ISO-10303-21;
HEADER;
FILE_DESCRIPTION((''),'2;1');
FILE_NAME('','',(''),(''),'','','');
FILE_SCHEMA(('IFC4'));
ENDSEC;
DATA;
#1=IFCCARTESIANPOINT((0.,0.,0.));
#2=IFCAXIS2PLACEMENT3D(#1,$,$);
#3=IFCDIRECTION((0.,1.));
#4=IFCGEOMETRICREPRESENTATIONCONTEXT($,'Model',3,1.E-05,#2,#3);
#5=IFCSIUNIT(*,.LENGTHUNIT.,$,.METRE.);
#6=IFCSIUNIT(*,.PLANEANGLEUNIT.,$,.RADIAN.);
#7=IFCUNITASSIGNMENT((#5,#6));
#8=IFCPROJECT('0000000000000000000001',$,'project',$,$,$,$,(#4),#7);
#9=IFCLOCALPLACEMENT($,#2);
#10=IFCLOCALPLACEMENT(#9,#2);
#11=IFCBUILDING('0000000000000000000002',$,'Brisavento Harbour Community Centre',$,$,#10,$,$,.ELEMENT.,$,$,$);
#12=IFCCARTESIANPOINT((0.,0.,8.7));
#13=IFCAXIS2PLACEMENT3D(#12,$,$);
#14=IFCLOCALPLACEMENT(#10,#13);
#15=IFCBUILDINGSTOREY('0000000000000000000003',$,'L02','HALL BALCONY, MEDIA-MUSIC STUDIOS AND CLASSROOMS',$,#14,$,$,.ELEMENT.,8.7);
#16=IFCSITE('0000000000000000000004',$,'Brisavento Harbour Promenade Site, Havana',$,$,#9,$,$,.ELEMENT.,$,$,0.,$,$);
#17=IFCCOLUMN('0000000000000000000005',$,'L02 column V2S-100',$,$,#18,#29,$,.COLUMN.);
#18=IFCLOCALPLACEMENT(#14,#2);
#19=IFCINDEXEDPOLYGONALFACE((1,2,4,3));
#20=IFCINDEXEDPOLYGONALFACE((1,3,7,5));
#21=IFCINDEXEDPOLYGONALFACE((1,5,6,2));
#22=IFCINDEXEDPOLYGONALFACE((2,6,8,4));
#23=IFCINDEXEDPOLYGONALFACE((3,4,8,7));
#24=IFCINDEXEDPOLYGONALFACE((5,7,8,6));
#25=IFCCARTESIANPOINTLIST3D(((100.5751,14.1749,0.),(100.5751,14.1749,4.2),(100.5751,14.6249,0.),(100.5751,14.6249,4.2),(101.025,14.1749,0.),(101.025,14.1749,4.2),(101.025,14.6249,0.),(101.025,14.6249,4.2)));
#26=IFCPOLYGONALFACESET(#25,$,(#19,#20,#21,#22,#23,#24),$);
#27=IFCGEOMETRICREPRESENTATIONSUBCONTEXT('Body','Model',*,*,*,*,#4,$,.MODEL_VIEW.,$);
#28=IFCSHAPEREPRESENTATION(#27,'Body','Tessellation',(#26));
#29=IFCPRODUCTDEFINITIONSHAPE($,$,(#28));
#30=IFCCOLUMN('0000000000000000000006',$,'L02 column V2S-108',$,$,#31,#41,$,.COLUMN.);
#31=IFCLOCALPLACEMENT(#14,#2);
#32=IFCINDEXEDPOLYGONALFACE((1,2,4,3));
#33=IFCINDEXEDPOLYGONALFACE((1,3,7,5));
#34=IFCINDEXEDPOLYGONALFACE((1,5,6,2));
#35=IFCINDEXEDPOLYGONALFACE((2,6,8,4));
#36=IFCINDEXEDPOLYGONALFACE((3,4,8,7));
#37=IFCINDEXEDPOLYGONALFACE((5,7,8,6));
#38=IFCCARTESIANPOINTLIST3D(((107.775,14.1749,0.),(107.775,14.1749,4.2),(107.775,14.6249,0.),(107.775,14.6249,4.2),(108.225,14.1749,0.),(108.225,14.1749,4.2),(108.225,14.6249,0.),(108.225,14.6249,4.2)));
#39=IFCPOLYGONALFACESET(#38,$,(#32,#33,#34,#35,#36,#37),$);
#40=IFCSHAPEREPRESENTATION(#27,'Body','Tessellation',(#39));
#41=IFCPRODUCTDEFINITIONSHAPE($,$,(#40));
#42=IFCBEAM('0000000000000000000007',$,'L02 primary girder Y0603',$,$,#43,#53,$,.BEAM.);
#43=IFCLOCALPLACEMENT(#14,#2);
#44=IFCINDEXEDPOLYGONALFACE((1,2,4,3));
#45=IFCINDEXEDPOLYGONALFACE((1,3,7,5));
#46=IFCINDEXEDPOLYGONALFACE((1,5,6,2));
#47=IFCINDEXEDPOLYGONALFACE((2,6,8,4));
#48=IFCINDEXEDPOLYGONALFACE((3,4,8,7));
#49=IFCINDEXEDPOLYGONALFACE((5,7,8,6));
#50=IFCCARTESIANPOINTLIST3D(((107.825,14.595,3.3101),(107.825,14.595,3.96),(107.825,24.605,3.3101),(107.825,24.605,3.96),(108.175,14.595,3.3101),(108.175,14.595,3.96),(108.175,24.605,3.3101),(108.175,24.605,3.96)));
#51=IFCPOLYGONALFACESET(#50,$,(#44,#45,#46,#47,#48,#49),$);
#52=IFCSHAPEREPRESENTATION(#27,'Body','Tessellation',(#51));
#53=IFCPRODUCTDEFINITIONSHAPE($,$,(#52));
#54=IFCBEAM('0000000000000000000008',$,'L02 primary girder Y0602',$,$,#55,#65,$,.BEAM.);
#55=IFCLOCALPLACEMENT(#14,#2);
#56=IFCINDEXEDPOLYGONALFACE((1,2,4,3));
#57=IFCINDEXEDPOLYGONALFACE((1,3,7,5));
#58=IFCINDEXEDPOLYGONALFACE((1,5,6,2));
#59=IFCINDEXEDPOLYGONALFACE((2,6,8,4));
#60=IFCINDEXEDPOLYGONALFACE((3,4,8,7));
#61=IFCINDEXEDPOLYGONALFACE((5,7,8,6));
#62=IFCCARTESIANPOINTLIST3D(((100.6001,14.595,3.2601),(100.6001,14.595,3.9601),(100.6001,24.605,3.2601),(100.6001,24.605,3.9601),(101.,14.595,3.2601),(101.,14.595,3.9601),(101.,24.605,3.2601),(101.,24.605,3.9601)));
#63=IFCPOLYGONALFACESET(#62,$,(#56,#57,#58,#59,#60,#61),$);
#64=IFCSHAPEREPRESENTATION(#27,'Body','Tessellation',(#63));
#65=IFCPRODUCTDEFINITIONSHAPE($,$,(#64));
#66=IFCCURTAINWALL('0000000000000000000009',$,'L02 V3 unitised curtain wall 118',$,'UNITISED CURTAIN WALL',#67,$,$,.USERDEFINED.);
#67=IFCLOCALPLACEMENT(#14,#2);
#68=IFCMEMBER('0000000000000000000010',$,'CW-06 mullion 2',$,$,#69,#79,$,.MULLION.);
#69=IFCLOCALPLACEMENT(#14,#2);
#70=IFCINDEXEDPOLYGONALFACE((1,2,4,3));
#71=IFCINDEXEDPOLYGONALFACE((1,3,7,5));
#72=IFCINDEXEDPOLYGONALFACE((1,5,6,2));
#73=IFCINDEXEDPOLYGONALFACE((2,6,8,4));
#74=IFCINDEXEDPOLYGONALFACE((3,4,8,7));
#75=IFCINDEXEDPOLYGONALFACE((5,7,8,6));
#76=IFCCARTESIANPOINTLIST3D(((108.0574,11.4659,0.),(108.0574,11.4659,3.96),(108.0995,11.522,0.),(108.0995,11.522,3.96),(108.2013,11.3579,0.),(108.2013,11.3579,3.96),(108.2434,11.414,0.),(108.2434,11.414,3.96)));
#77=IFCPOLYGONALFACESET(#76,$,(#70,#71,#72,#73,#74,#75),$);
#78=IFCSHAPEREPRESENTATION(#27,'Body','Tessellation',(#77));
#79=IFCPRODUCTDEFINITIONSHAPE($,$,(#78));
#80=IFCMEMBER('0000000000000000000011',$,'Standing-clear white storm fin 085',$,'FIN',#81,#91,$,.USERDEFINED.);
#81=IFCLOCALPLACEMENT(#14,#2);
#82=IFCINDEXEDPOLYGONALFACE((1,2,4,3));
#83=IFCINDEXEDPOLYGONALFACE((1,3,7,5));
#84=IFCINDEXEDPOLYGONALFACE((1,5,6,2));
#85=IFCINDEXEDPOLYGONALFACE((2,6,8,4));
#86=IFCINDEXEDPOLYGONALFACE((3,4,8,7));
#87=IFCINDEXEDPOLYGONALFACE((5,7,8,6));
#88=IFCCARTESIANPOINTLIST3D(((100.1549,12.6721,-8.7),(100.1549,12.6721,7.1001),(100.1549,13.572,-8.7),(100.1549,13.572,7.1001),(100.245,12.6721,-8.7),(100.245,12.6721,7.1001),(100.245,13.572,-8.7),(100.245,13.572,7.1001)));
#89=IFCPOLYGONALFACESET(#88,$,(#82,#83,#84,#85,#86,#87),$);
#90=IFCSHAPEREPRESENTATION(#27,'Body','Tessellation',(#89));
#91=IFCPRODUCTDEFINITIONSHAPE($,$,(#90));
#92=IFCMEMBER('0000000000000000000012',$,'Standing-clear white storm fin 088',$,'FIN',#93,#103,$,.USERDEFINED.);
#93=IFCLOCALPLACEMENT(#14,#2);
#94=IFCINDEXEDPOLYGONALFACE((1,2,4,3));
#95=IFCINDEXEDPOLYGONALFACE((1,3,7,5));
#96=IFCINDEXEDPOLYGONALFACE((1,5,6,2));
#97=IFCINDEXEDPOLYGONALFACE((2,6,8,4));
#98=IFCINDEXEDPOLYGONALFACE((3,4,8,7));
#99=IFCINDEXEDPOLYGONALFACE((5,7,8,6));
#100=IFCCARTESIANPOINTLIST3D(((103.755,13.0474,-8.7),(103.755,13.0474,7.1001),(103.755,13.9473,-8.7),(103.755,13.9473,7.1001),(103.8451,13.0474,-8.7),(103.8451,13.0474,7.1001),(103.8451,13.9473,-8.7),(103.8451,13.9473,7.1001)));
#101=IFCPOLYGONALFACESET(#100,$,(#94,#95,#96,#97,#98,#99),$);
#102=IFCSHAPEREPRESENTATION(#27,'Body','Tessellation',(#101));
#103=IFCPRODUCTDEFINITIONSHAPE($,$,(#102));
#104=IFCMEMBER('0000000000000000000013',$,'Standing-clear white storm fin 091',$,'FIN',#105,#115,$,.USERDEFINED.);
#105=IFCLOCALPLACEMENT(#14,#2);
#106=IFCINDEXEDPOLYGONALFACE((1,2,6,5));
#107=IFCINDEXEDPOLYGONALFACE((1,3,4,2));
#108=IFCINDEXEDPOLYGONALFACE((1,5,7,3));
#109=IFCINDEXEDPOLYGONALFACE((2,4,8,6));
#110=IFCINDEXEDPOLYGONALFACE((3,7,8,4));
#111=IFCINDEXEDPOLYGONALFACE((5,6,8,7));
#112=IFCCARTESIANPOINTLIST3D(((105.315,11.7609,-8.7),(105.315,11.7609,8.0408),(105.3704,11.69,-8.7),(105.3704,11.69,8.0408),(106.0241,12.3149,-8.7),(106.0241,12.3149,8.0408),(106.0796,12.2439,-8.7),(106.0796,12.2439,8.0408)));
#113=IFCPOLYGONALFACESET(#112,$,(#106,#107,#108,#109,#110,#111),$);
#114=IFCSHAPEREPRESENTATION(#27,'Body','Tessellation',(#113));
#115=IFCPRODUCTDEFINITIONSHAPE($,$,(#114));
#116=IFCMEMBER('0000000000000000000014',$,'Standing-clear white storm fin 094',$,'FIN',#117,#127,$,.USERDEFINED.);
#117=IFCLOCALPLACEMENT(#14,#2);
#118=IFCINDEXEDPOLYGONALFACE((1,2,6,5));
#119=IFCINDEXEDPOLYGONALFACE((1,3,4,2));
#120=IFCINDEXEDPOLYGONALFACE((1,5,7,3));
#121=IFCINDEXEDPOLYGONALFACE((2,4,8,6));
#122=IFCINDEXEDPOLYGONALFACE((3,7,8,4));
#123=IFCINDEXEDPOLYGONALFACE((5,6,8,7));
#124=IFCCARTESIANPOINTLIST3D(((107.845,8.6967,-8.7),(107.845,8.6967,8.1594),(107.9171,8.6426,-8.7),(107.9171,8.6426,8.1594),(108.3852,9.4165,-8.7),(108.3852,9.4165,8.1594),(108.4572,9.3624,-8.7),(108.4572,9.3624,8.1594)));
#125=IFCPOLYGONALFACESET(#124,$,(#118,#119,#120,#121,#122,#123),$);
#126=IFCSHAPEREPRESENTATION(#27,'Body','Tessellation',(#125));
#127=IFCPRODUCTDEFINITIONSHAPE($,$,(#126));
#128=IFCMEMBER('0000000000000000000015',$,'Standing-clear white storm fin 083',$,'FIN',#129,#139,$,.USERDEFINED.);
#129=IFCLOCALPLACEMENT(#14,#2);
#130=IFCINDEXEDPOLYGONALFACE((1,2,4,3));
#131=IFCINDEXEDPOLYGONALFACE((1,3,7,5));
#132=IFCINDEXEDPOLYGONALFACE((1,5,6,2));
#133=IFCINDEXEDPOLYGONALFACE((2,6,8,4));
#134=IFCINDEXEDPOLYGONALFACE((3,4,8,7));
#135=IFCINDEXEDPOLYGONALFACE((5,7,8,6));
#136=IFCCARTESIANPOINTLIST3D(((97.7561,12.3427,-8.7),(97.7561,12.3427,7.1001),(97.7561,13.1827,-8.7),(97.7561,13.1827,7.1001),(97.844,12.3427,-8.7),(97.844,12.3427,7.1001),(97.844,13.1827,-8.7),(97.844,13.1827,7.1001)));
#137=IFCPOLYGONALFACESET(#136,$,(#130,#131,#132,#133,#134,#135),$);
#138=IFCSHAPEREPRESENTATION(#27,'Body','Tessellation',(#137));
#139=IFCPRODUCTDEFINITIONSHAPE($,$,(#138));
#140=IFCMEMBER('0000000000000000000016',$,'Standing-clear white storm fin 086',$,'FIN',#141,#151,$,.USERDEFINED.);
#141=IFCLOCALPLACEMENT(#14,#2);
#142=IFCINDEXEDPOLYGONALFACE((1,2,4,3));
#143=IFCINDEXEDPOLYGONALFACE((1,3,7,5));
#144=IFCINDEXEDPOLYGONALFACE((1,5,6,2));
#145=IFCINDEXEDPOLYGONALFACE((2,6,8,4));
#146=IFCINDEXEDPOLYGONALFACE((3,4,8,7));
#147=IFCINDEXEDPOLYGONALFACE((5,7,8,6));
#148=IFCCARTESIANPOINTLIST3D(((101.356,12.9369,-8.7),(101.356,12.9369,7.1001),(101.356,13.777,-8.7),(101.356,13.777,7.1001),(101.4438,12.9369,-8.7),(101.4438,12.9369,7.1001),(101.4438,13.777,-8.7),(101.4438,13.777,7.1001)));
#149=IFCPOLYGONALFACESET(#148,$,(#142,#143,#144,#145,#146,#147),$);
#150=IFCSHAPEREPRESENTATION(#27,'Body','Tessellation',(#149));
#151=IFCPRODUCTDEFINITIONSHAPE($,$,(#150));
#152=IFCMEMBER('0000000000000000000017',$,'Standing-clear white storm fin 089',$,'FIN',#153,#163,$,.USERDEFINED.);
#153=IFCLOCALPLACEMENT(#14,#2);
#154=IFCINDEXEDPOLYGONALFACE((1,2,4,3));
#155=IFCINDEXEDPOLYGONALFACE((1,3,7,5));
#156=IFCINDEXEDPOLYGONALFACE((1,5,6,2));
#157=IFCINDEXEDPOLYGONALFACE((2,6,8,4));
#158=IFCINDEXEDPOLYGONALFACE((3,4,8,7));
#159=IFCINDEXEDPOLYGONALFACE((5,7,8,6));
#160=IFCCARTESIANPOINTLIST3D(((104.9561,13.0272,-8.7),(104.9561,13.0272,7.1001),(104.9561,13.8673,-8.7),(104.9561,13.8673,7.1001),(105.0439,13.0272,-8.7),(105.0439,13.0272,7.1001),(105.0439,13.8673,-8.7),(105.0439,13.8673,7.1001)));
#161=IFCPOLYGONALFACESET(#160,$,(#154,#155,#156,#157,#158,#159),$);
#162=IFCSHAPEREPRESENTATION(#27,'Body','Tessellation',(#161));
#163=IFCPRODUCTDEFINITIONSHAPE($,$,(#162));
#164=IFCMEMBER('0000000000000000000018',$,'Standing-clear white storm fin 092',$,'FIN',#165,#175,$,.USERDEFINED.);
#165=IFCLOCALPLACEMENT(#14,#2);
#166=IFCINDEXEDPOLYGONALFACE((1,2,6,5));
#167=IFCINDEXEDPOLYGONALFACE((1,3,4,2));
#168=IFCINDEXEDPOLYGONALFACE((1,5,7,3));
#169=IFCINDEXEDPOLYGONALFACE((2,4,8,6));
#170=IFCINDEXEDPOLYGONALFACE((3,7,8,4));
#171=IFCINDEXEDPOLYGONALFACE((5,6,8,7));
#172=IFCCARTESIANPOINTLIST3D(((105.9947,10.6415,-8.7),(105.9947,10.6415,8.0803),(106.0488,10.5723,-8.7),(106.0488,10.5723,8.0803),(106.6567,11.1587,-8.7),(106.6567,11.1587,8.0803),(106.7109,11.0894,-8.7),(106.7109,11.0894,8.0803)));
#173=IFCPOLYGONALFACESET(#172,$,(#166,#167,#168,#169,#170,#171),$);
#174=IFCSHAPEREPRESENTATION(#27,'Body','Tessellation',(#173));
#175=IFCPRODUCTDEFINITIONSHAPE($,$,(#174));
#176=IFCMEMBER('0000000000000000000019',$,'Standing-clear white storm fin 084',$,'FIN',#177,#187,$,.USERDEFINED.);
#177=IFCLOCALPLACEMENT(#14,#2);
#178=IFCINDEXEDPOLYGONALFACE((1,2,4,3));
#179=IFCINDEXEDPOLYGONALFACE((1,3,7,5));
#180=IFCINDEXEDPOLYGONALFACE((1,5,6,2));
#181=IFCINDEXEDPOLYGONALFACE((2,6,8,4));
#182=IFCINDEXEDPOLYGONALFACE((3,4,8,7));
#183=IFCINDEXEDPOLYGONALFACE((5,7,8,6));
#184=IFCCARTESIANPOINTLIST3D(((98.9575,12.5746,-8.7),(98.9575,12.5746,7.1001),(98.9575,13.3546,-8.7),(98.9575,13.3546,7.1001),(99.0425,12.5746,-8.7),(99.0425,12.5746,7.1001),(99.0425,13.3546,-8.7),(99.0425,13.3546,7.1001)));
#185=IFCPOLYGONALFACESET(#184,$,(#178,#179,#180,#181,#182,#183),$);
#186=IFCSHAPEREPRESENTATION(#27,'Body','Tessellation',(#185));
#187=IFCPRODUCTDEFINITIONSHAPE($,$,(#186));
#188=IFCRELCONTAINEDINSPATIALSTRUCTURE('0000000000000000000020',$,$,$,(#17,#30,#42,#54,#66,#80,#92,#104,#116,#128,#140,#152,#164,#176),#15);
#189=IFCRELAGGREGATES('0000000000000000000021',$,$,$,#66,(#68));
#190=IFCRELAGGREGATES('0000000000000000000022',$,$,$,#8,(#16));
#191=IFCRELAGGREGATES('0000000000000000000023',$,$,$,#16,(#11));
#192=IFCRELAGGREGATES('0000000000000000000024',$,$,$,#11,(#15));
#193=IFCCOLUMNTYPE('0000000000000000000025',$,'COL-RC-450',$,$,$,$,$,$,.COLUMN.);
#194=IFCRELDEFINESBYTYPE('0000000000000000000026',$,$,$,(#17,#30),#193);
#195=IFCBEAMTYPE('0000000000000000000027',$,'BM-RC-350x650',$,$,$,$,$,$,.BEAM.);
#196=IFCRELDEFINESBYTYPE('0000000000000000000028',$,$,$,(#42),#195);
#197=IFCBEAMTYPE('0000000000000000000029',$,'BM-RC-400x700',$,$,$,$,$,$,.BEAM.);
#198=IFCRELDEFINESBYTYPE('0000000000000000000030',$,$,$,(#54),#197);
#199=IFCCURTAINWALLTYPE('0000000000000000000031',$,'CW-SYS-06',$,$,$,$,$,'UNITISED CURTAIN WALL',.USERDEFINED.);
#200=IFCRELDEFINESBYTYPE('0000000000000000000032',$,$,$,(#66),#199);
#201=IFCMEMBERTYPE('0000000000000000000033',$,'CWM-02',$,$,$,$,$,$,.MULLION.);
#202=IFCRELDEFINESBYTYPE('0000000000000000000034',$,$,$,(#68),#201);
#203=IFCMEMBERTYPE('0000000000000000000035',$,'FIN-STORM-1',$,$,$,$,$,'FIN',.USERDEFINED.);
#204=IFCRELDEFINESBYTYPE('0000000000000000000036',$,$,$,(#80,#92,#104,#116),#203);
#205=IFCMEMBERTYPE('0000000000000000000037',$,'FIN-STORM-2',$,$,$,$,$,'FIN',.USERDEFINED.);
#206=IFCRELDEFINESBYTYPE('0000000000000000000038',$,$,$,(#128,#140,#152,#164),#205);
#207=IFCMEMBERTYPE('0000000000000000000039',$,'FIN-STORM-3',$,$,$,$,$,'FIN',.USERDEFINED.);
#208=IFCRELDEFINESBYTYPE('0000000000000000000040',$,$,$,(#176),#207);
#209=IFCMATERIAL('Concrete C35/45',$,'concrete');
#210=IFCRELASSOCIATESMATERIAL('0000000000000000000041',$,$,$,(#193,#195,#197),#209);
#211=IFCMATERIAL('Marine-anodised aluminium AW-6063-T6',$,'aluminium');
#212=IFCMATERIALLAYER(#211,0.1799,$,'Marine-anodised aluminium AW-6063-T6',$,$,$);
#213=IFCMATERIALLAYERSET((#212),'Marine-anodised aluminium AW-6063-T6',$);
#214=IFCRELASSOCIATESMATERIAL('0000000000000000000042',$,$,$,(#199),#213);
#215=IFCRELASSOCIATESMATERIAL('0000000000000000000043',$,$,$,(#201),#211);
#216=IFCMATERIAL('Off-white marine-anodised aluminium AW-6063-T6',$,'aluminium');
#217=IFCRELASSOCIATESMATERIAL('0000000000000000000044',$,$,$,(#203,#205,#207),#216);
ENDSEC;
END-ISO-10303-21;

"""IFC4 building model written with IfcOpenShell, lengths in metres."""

from ifc_helpers import new_model, si_unit, direction, frame, origin, origin_2d, place, context, subcontext, project, spatial, rectangle, extrude, material, layer, layer_set, material_profile, profile_set, type_object, element, aggregate, save


model = new_model("IFC4")

# Units and contexts
model_context = context("Model", 3, precision=1e-05, world=origin(), true_north=direction((0.0, 1.0)))
body_context = subcontext(model_context, "Body", "Model", "MODEL_VIEW")
ifc_project = project(units=[si_unit("LENGTHUNIT", "METRE"), si_unit("PLANEANGLEUNIT", "RADIAN")], contexts=[model_context])

# Site, building, storey
site_placement = place(None, origin())
site = spatial("IfcSite", under=ifc_project, at=site_placement, Name="Brisavento Harbour Promenade Site, Havana", CompositionType="ELEMENT", RefElevation=0.0)
building_placement = place(site_placement, origin())
building = spatial("IfcBuilding", under=site, at=building_placement, Name="Brisavento Harbour Community Centre", CompositionType="ELEMENT")
storey_placement = place(building_placement, frame((0.0, 0.0, 8.7)))
storey = spatial("IfcBuildingStorey", under=building, at=storey_placement, Name="L02", Description="HALL BALCONY, MEDIA-MUSIC STUDIOS AND CLASSROOMS", CompositionType="ELEMENT", Elevation=8.7)

# Columns
ifc_material_1 = material(Name="Concrete C35/45", Category="concrete")
ifc_material_profile_1 = material_profile(ifc_material_1, rectangle(XDim=0.45, YDim=0.45, at=origin_2d()), Name="Concrete C35/45")
ifc_profile_set_1 = profile_set([ifc_material_profile_1], Name="Concrete C35/45")
column_type = type_object("IfcColumnType", Name="COL-RC-450", PredefinedType="COLUMN", material=ifc_profile_set_1)
for number, where, z_axis, x_axis, name in (
    (1, (100.8, 14.3999, 0.0), (0.0, 0.0, 1.0), (1.0, 0.0, 0.0), "L02 column V2S-100"),
    (2, (108.0, 14.3999, 0.0), (0.0, 0.0, 1.0), (1.0, 0.0, 0.0), "L02 column V2S-108"),
):
    element("IfcColumn", number, at=place(storey_placement, frame(where, z_axis=z_axis, x_axis=x_axis)), inside=storey, type_object=column_type, Name=name, PredefinedType="COLUMN", context=body_context, shape_type="SweptSolid", body=[
        extrude(rectangle(XDim=0.45, YDim=0.45, at=origin_2d()), origin(), (0.0, 0.0, 1.0), 4.2),
    ])

# Beams
ifc_material_profile_2 = material_profile(ifc_material_1, rectangle(XDim=0.3501, YDim=0.6499, at=origin_2d()), Name="Concrete C35/45")
ifc_profile_set_2 = profile_set([ifc_material_profile_2], Name="Concrete C35/45")
beam_type_1 = type_object("IfcBeamType", Name="BM-RC-350x650", PredefinedType="BEAM", material=ifc_profile_set_2)
beam_1_placement = place(storey_placement, frame((108.0, 14.595, 3.635), z_axis=(0.0, 1.0, 0.0), x_axis=(-1.0, 0.0, 0.0)))
element("IfcBeam", 3, at=beam_1_placement, inside=storey, type_object=beam_type_1, Name="L02 primary girder Y0603", PredefinedType="BEAM", context=body_context, shape_type="SweptSolid", body=[
    extrude(rectangle(XDim=0.3501, YDim=0.6499, at=origin_2d()), origin(), (0.0, 0.0, 1.0), 10.01),
])
ifc_material_profile_3 = material_profile(ifc_material_1, rectangle(XDim=0.3999, YDim=0.7, at=origin_2d()), Name="Concrete C35/45")
ifc_profile_set_3 = profile_set([ifc_material_profile_3], Name="Concrete C35/45")
beam_type_2 = type_object("IfcBeamType", Name="BM-RC-400x700", PredefinedType="BEAM", material=ifc_profile_set_3)
beam_2_placement = place(storey_placement, frame((100.8, 14.595, 3.6101), z_axis=(0.0, 1.0, 0.0), x_axis=(-1.0, 0.0, 0.0)))
element("IfcBeam", 4, at=beam_2_placement, inside=storey, type_object=beam_type_2, Name="L02 primary girder Y0602", PredefinedType="BEAM", context=body_context, shape_type="SweptSolid", body=[
    extrude(rectangle(XDim=0.3999, YDim=0.7, at=origin_2d()), origin(), (0.0, 0.0, 1.0), 10.01),
])

# Curtain wall, member
ifc_material_2 = material(Name="Marine-anodised aluminium AW-6063-T6", Category="aluminium")
ifc_layer = layer(ifc_material_2, 0.1799, Name="Marine-anodised aluminium AW-6063-T6")
ifc_layer_set = layer_set([ifc_layer], Name="Marine-anodised aluminium AW-6063-T6")
curtain_wall_type = type_object("IfcCurtainWallType", Name="CW-SYS-06", ElementType="UNITISED CURTAIN WALL", PredefinedType="USERDEFINED", material=ifc_layer_set)
curtain_wall_placement = place(storey_placement, origin())
curtain_wall = element("IfcCurtainWall", 5, at=curtain_wall_placement, inside=storey, type_object=curtain_wall_type, Name="L02 V3 unitised curtain wall 118", ObjectType="UNITISED CURTAIN WALL", PredefinedType="USERDEFINED")
ifc_material_profile_4 = material_profile(ifc_material_2, rectangle(XDim=0.0701, YDim=0.1799, at=origin_2d()), Name="Marine-anodised aluminium AW-6063-T6")
ifc_profile_set_4 = profile_set([ifc_material_profile_4], Name="Marine-anodised aluminium AW-6063-T6")
member_type_1 = type_object("IfcMemberType", Name="CWM-02", PredefinedType="MULLION", material=ifc_profile_set_4)
member_1_placement = place(storey_placement, frame((108.1504, 11.4399, 0.0), z_axis=(0.0, 0.0, 1.0), x_axis=(-0.600259, -0.799806, 0.0)))
member_1 = element("IfcMember", 6, at=member_1_placement, type_object=member_type_1, Name="CW-06 mullion 2", PredefinedType="MULLION", context=body_context, shape_type="SweptSolid", body=[
    extrude(rectangle(XDim=0.0701, YDim=0.1799, at=origin_2d()), origin(), (0.0, 0.0, 1.0), 3.96),
])
aggregate(curtain_wall, [member_1])

# Members
ifc_material_3 = material(Name="Off-white marine-anodised aluminium AW-6063-T6", Category="aluminium")
ifc_material_profile_5 = material_profile(ifc_material_3, rectangle(XDim=0.0901, YDim=0.8999, at=origin_2d()), Name="Off-white marine-anodised aluminium AW-6063-T6")
ifc_profile_set_5 = profile_set([ifc_material_profile_5], Name="Off-white marine-anodised aluminium AW-6063-T6")
member_type_2 = type_object("IfcMemberType", Name="FIN-STORM-1", ElementType="FIN", PredefinedType="USERDEFINED", material=ifc_profile_set_5)
for number, where, z_axis, x_axis, name in (
    (7, (100.2, 13.1221, -8.7), (0.0, 0.0, 1.0), (-1.0, 0.0, 0.0), "Standing-clear white storm fin 085"),
    (8, (103.8, 13.4973, -8.7), (0.0, 0.0, 1.0), (-1.0, 0.0, 0.0), "Standing-clear white storm fin 088"),
):
    element("IfcMember", number, at=place(storey_placement, frame(where, z_axis=z_axis, x_axis=x_axis)), inside=storey, type_object=member_type_2, Name=name, ObjectType="FIN", PredefinedType="USERDEFINED", context=body_context, shape_type="SweptSolid", body=[
        extrude(rectangle(XDim=0.0901, YDim=0.8999, at=origin_2d()), origin(), (0.0, 0.0, 1.0), 15.8),
    ])
member_2_placement = place(storey_placement, frame((105.6973, 12.0024, -8.7), z_axis=(0.0, 0.0, 1.0), x_axis=(-0.615606, 0.788054, 0.0)))
element("IfcMember", 9, at=member_2_placement, inside=storey, type_object=member_type_2, Name="Standing-clear white storm fin 091", ObjectType="FIN", PredefinedType="USERDEFINED", context=body_context, shape_type="SweptSolid", body=[
    extrude(rectangle(XDim=0.0901, YDim=0.8999, at=origin_2d()), origin(), (0.0, 0.0, 1.0), 16.7407),
])
member_3_placement = place(storey_placement, frame((108.1511, 9.0295, -8.7), z_axis=(0.0, 0.0, 1.0), x_axis=(-0.79981, 0.600253, 0.0)))
element("IfcMember", 10, at=member_3_placement, inside=storey, type_object=member_type_2, Name="Standing-clear white storm fin 094", ObjectType="FIN", PredefinedType="USERDEFINED", context=body_context, shape_type="SweptSolid", body=[
    extrude(rectangle(XDim=0.0901, YDim=0.8999, at=origin_2d()), origin(), (0.0, 0.0, 1.0), 16.8594),
])
ifc_material_profile_6 = material_profile(ifc_material_3, rectangle(XDim=0.0879, YDim=0.8401, at=origin_2d()), Name="Off-white marine-anodised aluminium AW-6063-T6")
ifc_profile_set_6 = profile_set([ifc_material_profile_6], Name="Off-white marine-anodised aluminium AW-6063-T6")
member_type_3 = type_object("IfcMemberType", Name="FIN-STORM-2", ElementType="FIN", PredefinedType="USERDEFINED", material=ifc_profile_set_6)
for number, where, z_axis, x_axis, name in (
    (11, (97.8, 12.7627, -8.7), (0.0, 0.0, 1.0), (-1.0, 0.0, 0.0), "Standing-clear white storm fin 083"),
    (12, (101.3999, 13.3569, -8.7), (0.0, 0.0, 1.0), (-1.0, 0.0, 0.0), "Standing-clear white storm fin 086"),
    (13, (105.0, 13.4473, -8.7), (0.0, 0.0, 1.0), (-1.0, 0.0, 0.0), "Standing-clear white storm fin 089"),
):
    element("IfcMember", number, at=place(storey_placement, frame(where, z_axis=z_axis, x_axis=x_axis)), inside=storey, type_object=member_type_3, Name=name, ObjectType="FIN", PredefinedType="USERDEFINED", context=body_context, shape_type="SweptSolid", body=[
        extrude(rectangle(XDim=0.0879, YDim=0.8401, at=origin_2d()), origin(), (0.0, 0.0, 1.0), 15.8),
    ])
member_4_placement = place(storey_placement, frame((106.3528, 10.8655, -8.7), z_axis=(0.0, 0.0, 1.0), x_axis=(-0.615606, 0.788054, 0.0)))
element("IfcMember", 14, at=member_4_placement, inside=storey, type_object=member_type_3, Name="Standing-clear white storm fin 092", ObjectType="FIN", PredefinedType="USERDEFINED", context=body_context, shape_type="SweptSolid", body=[
    extrude(rectangle(XDim=0.0879, YDim=0.8401, at=origin_2d()), origin(), (0.0, 0.0, 1.0), 16.7803),
])
ifc_material_profile_7 = material_profile(ifc_material_3, rectangle(XDim=0.085, YDim=0.78, at=origin_2d()), Name="Off-white marine-anodised aluminium AW-6063-T6")
ifc_profile_set_7 = profile_set([ifc_material_profile_7], Name="Off-white marine-anodised aluminium AW-6063-T6")
member_type_4 = type_object("IfcMemberType", Name="FIN-STORM-3", ElementType="FIN", PredefinedType="USERDEFINED", material=ifc_profile_set_7)
for number, where, z_axis, x_axis, name in (
    (15, (99.0, 12.9646, -8.7), (0.0, 0.0, 1.0), (-1.0, 0.0, 0.0), "Standing-clear white storm fin 084"),
):
    element("IfcMember", number, at=place(storey_placement, frame(where, z_axis=z_axis, x_axis=x_axis)), inside=storey, type_object=member_type_4, Name=name, ObjectType="FIN", PredefinedType="USERDEFINED", context=body_context, shape_type="SweptSolid", body=[
        extrude(rectangle(XDim=0.085, YDim=0.78, at=origin_2d()), origin(), (0.0, 0.0, 1.0), 15.8),
    ])

save(model, "model.ifc")
